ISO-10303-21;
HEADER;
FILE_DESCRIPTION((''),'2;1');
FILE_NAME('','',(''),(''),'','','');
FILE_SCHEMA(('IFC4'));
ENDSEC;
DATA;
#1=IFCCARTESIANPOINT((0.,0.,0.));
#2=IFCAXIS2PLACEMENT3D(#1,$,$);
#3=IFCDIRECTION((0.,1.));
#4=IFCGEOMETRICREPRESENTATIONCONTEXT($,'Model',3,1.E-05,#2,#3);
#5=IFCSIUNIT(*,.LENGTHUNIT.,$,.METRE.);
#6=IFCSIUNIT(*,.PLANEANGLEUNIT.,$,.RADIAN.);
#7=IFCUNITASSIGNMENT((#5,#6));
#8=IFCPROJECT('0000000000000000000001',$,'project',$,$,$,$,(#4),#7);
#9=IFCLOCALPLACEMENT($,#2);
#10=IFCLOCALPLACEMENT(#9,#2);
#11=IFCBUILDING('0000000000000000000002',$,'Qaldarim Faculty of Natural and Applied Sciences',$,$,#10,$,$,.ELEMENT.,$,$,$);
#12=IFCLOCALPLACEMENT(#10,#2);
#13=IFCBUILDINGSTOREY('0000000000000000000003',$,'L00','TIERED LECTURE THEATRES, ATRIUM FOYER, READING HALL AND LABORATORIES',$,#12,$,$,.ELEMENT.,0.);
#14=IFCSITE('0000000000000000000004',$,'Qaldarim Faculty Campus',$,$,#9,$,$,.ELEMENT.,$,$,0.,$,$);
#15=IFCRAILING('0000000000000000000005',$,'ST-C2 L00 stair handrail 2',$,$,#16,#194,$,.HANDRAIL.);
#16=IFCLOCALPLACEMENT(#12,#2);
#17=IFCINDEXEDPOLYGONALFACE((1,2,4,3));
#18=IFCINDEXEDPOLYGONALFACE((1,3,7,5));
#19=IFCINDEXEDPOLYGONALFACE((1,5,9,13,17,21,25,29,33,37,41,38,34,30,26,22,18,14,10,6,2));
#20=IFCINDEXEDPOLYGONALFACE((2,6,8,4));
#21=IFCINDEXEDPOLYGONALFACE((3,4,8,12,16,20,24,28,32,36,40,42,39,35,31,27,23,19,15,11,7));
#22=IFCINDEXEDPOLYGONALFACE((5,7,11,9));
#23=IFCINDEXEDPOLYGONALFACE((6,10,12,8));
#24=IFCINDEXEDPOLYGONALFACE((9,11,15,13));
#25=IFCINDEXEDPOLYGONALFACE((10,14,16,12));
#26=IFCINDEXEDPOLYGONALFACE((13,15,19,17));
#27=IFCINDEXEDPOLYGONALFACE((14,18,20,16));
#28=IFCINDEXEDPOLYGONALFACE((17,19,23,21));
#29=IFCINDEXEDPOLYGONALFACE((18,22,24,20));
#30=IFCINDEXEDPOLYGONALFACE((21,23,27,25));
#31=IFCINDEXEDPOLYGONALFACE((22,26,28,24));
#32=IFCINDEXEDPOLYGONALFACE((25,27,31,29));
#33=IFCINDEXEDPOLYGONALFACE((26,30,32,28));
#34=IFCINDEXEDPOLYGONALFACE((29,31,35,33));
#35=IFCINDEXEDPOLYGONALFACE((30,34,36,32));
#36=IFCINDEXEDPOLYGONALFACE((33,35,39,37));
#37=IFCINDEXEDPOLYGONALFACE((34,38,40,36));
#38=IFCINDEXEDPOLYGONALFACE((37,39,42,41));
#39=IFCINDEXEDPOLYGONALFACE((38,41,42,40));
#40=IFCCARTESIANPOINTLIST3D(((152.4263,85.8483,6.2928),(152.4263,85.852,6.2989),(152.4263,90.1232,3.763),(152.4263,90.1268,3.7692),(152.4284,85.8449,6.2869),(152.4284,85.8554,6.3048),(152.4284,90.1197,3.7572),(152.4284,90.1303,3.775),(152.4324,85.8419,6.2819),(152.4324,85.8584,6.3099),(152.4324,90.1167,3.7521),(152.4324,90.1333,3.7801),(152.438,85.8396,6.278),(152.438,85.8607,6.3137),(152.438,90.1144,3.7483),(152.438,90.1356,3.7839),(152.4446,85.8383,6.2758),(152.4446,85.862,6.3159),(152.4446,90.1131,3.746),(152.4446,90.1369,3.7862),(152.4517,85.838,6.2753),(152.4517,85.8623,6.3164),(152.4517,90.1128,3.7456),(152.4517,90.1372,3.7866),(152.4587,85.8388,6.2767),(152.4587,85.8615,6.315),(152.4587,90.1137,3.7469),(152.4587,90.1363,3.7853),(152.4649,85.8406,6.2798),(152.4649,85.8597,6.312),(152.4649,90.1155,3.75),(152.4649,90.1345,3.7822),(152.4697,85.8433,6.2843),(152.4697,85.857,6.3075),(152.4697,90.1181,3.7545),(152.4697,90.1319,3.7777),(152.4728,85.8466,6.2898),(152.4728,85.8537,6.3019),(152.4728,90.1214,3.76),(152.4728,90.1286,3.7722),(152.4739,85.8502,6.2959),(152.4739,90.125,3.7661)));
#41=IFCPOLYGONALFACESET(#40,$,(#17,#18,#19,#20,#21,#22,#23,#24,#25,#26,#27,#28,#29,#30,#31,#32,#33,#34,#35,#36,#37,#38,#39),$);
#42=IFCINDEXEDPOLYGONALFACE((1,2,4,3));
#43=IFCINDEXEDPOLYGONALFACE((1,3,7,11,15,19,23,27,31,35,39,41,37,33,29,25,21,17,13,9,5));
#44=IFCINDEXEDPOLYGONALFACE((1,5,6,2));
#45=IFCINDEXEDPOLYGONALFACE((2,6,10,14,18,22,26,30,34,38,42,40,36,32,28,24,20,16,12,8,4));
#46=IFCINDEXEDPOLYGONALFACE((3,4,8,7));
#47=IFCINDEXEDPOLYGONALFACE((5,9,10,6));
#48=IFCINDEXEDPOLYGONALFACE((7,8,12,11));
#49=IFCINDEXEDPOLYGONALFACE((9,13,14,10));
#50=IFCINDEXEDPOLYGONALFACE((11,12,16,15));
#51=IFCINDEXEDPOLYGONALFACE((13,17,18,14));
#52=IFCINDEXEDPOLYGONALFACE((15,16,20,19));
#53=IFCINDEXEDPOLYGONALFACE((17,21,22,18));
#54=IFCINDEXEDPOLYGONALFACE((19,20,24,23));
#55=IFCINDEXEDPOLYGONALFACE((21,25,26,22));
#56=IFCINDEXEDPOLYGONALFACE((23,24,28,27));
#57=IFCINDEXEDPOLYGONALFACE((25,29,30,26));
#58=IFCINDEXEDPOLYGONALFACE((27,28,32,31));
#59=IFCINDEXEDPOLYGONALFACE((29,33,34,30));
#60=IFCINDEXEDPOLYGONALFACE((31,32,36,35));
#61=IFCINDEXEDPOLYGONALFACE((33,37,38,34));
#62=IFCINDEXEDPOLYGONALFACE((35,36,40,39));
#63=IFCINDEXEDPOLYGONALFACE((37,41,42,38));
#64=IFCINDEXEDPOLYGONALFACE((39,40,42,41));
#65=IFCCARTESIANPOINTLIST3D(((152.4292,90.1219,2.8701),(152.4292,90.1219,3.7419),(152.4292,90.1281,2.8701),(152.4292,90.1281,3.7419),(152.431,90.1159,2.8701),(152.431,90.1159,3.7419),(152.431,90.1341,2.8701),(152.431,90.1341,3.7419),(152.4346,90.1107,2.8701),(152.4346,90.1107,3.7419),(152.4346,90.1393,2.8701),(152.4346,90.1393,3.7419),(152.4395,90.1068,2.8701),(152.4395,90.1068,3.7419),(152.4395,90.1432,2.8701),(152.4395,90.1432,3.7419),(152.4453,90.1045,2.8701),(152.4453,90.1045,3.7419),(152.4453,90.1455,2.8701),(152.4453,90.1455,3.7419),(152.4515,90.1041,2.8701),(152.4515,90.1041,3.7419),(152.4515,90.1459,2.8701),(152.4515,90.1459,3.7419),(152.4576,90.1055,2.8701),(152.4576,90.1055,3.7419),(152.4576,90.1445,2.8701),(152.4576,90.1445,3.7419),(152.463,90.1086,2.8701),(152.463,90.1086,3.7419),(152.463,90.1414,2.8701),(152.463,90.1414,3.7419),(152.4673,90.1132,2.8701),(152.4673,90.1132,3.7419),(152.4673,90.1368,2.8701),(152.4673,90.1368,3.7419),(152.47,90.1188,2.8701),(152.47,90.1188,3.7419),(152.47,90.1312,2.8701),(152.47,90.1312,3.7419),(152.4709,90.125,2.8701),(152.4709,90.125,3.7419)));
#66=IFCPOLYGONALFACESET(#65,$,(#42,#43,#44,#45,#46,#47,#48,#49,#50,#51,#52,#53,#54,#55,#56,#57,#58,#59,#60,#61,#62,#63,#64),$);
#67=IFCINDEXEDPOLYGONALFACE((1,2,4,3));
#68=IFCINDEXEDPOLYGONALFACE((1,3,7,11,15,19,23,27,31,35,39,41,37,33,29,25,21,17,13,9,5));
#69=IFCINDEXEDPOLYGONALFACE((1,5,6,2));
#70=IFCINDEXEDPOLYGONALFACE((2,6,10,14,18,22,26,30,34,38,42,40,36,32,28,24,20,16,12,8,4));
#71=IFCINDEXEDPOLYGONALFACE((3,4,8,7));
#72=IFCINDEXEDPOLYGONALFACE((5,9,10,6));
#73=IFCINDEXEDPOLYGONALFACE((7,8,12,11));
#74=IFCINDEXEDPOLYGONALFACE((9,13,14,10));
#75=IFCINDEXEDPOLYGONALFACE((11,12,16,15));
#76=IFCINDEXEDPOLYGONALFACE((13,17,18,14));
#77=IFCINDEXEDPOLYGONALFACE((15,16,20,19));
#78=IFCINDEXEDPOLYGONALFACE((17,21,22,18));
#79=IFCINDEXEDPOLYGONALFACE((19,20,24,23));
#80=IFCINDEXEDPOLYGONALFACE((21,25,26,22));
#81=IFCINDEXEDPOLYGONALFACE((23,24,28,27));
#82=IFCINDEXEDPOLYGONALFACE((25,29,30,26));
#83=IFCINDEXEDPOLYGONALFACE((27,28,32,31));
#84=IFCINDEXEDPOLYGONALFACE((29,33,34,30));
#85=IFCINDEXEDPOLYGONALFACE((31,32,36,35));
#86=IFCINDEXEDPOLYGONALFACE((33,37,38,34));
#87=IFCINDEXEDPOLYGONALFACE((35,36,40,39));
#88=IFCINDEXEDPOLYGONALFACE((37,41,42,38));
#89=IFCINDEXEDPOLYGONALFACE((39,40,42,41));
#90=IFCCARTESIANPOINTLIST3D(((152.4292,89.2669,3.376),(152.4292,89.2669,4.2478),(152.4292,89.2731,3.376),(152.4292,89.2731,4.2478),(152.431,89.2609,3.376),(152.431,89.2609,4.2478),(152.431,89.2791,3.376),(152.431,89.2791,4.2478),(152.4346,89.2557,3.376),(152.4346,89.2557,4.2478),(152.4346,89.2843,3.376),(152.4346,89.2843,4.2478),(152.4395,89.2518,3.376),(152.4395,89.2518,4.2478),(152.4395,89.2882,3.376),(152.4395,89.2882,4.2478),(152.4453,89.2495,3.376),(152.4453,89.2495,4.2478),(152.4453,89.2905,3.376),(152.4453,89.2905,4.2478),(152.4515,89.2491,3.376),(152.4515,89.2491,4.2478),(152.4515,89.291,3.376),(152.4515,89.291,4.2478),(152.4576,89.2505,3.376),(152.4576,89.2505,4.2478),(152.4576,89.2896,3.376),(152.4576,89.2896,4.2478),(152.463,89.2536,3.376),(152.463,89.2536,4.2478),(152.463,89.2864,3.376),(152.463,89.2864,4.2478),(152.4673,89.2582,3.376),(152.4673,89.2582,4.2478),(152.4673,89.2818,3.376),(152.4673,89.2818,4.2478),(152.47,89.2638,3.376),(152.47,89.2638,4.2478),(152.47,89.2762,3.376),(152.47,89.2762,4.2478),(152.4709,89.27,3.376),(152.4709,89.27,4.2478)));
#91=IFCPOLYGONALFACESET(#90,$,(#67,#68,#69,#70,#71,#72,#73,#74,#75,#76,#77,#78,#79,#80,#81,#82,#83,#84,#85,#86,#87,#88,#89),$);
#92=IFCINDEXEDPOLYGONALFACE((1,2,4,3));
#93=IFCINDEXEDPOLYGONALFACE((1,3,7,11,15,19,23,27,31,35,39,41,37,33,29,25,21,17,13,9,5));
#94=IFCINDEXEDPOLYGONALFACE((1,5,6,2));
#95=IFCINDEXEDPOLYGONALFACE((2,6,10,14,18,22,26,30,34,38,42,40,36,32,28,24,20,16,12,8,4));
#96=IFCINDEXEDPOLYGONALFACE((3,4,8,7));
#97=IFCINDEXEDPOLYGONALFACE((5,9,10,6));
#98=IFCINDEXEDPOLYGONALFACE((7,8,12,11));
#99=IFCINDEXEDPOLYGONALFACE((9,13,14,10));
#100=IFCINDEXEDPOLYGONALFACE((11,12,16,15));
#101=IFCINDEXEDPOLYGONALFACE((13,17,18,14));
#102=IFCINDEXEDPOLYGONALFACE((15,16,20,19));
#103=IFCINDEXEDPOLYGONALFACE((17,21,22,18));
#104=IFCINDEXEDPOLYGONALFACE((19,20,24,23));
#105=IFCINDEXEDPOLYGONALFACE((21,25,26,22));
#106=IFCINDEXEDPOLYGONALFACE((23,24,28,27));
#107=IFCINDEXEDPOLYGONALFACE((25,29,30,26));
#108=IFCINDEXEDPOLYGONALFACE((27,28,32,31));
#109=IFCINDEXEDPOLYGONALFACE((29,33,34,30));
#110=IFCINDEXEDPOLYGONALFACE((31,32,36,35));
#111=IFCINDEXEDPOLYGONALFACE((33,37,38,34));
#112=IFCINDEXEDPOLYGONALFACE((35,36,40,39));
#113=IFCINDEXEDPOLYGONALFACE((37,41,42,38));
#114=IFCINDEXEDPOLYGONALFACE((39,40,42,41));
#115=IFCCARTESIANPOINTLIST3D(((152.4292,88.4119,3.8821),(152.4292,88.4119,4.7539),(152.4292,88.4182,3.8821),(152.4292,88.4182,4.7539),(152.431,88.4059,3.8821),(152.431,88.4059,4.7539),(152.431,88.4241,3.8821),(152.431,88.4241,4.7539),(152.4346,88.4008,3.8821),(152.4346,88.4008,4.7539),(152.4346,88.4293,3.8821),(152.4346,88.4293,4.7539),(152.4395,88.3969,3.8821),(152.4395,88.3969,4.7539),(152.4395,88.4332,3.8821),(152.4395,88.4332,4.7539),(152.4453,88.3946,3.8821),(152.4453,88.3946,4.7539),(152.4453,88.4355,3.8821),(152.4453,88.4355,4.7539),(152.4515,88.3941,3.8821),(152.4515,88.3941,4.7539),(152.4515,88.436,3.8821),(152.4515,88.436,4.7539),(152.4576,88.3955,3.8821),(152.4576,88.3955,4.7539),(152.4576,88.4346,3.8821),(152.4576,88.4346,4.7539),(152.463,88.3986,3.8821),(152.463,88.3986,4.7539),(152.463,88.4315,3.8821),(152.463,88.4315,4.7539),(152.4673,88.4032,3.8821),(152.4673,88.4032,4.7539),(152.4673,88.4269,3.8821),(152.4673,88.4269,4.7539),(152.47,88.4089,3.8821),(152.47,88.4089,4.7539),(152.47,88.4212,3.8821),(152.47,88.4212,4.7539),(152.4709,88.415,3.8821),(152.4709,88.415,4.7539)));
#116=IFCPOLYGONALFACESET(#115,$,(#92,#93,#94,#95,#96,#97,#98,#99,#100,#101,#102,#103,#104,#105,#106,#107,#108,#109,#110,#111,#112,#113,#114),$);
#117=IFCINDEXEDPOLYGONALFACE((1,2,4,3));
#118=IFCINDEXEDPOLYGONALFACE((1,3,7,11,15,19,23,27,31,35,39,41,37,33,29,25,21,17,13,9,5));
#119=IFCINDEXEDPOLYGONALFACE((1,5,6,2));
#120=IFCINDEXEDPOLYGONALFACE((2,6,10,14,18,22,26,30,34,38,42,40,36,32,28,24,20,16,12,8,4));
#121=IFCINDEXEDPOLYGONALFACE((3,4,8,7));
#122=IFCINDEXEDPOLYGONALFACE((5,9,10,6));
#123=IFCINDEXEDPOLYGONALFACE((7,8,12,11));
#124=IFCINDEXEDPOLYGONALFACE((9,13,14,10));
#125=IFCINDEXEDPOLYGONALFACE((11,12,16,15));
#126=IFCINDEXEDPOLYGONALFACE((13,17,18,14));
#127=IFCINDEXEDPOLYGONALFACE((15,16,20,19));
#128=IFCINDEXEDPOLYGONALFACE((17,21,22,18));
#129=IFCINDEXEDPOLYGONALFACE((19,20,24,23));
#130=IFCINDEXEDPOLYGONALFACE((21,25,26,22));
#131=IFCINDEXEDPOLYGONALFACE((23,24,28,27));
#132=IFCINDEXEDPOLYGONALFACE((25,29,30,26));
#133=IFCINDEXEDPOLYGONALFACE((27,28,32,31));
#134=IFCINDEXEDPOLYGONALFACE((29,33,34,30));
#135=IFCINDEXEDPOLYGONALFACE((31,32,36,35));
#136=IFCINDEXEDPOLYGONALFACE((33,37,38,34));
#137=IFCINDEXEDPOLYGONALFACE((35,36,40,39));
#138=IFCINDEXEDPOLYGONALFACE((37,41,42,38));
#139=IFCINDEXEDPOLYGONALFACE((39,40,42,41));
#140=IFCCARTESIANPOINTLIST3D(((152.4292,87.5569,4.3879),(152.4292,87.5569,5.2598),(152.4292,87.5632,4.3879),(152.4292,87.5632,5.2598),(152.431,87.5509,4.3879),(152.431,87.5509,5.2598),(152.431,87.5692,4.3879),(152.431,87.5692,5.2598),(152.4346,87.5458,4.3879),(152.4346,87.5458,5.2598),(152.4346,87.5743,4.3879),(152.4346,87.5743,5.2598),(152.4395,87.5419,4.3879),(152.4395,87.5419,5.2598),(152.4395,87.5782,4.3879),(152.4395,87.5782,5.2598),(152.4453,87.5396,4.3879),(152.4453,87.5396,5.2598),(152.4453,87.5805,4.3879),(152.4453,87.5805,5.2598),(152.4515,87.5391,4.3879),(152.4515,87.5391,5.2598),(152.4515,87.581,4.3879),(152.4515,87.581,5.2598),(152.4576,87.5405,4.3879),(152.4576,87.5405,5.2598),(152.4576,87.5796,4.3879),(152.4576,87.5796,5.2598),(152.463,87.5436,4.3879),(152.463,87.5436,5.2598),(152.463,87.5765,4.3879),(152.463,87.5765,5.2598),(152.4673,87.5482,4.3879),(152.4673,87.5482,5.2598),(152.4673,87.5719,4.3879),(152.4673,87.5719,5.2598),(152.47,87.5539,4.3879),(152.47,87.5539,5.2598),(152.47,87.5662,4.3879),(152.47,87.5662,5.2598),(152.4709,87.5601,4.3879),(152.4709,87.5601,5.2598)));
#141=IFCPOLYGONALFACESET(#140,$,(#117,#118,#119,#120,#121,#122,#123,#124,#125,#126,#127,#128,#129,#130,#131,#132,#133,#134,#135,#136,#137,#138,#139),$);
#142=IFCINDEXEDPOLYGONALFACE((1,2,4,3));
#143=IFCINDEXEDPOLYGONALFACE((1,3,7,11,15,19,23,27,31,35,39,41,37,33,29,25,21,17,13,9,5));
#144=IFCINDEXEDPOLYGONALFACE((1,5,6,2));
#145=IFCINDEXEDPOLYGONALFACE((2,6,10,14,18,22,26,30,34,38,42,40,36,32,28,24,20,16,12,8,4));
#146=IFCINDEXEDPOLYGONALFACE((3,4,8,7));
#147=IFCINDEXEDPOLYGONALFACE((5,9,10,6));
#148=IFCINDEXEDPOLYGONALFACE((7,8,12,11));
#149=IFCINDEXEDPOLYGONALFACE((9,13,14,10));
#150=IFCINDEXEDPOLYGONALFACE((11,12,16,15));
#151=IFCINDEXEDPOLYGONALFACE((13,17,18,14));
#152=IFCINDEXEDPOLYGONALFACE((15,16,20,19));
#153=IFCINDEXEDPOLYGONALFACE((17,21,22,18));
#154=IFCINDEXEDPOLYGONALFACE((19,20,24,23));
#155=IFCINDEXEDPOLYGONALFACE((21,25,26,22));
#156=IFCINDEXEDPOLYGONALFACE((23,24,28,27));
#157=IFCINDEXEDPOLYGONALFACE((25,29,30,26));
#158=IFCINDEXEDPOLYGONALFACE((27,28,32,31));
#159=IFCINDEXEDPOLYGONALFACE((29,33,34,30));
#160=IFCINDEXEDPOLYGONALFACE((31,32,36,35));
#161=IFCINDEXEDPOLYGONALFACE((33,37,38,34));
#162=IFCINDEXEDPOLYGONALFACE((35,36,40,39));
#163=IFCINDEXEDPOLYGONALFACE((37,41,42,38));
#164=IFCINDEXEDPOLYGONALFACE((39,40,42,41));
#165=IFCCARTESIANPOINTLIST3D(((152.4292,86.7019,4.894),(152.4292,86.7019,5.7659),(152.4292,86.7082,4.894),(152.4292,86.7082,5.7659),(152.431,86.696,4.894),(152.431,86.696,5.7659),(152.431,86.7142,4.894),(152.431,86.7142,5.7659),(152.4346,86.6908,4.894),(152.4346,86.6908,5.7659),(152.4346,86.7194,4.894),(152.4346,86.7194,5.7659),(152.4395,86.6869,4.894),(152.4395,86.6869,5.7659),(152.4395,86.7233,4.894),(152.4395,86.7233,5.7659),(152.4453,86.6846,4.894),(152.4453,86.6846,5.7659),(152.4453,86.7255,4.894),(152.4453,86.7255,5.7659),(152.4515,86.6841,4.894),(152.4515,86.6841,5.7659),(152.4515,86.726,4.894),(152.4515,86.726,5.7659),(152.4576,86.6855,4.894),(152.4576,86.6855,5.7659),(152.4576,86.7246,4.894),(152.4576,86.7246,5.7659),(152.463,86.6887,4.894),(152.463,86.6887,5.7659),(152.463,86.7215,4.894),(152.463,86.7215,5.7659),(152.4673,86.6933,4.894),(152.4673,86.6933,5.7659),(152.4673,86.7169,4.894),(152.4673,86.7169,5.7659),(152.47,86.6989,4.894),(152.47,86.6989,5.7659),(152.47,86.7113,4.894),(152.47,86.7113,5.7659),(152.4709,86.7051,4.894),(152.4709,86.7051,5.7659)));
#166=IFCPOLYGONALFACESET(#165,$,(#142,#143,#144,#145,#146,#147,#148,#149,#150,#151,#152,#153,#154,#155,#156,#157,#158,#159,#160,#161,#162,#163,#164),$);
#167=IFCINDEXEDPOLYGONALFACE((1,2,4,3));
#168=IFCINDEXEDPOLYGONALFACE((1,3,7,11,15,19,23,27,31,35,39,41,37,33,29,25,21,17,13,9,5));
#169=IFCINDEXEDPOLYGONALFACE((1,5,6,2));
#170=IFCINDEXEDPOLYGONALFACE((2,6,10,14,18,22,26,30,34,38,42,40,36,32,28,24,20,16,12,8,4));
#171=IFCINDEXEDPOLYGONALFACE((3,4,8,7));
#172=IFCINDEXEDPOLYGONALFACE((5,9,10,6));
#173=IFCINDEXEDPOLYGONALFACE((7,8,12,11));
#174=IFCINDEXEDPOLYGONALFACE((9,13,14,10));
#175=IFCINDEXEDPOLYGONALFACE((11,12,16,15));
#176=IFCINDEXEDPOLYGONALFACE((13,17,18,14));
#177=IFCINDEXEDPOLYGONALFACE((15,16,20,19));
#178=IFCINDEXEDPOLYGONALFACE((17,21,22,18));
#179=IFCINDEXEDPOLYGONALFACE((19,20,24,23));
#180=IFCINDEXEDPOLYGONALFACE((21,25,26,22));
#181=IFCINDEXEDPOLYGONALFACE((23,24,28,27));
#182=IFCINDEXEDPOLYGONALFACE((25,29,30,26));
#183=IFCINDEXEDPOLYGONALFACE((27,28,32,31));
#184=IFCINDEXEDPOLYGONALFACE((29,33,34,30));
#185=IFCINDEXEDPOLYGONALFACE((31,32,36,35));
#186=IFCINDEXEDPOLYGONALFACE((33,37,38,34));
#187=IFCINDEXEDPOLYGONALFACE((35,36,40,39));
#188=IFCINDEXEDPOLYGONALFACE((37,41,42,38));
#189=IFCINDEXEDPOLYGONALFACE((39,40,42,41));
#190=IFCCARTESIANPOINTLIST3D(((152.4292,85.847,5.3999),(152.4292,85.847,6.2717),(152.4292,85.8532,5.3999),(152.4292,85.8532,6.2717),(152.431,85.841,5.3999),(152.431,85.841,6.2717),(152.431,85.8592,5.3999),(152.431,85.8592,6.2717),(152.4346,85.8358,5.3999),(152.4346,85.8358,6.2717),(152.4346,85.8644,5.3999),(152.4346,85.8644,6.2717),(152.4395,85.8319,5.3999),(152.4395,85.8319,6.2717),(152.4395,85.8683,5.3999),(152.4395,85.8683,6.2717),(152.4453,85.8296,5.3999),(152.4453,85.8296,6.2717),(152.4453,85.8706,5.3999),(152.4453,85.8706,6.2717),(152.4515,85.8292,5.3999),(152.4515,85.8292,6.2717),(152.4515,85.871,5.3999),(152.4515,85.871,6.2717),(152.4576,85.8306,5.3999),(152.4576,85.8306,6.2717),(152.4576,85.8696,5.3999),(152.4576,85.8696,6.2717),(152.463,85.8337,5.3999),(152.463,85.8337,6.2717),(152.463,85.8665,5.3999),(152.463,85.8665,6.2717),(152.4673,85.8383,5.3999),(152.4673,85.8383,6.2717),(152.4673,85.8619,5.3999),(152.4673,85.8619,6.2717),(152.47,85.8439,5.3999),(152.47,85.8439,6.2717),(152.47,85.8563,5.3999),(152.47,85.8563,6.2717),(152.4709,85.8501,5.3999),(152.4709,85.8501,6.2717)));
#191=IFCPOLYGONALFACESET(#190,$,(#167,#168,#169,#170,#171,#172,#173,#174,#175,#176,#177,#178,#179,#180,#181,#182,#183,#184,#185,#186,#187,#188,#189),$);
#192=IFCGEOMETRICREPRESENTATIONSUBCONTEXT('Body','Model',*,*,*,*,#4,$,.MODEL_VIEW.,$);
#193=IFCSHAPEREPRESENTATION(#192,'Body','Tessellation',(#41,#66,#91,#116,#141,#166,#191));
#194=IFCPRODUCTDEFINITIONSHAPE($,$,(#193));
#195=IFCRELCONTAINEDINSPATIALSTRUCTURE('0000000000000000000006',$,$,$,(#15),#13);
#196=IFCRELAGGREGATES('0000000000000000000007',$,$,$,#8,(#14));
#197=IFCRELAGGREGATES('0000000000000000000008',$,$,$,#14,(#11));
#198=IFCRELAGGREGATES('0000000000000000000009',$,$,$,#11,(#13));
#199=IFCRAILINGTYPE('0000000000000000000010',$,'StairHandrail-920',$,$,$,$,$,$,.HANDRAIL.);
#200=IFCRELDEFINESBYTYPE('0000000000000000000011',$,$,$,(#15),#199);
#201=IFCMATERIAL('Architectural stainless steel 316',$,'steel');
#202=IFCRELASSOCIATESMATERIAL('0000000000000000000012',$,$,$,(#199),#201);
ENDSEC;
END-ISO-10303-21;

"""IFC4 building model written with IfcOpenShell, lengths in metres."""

from ifc_helpers import new_model, si_unit, direction, frame, origin, origin_2d, place, context, subcontext, project, spatial, circle, extrude, material, type_object, element, save


model = new_model("IFC4")

# Units and contexts
model_context = context("Model", 3, precision=1e-05, world=origin(), true_north=direction((0.0, 1.0)))
body_context = subcontext(model_context, "Body", "Model", "MODEL_VIEW")
ifc_project = project(units=[si_unit("LENGTHUNIT", "METRE"), si_unit("PLANEANGLEUNIT", "RADIAN")], contexts=[model_context])

# Site, building, storey
site_placement = place(None, origin())
site = spatial("IfcSite", under=ifc_project, at=site_placement, Name="Qaldarim Faculty Campus", CompositionType="ELEMENT", RefElevation=0.0)
building_placement = place(site_placement, origin())
building = spatial("IfcBuilding", under=site, at=building_placement, Name="Qaldarim Faculty of Natural and Applied Sciences", CompositionType="ELEMENT")
storey_placement = place(building_placement, origin())
storey = spatial("IfcBuildingStorey", under=building, at=storey_placement, Name="L00", Description="TIERED LECTURE THEATRES, ATRIUM FOYER, READING HALL AND LABORATORIES", CompositionType="ELEMENT", Elevation=0.0)

# Railing
ifc_material_1 = material(Name="Architectural stainless steel 316", Category="steel")
railing_type_1 = type_object("IfcRailingType", Name="StairHandrail-920", PredefinedType="HANDRAIL", material=ifc_material_1)
railing_1_placement = place(storey_placement, frame((152.45, 90.125, 2.8701)))
element("IfcRailing", 1, at=railing_1_placement, inside=storey, type_object=railing_type_1, Name="ST-C2 L00 stair handrail 2", PredefinedType="HANDRAIL", context=body_context, shape_type="SweptSolid", body=[
    extrude(circle(Radius=0.0239, at=origin_2d()), frame((0.0, 0.0, 0.896), z_axis=(0.0, -0.8606, 0.509282), x_axis=(1.0, 0.0, 0.0)), (0.0, 0.0, 1.0), 4.9673),
    extrude(circle(Radius=0.021, at=origin_2d()), origin(), (0.0, 0.0, 1.0), 0.8718),
    extrude(circle(Radius=0.021, at=origin_2d()), frame((0.0, -0.855, 0.5059)), (0.0, 0.0, 1.0), 0.8718),
    extrude(circle(Radius=0.021, at=origin_2d()), frame((0.0, -1.71, 1.012)), (0.0, 0.0, 1.0), 0.8718),
    extrude(circle(Radius=0.021, at=origin_2d()), frame((0.0, -2.5649, 1.5178)), (0.0, 0.0, 1.0), 0.8718),
    extrude(circle(Radius=0.021, at=origin_2d()), frame((0.0, -3.4199, 2.0239)), (0.0, 0.0, 1.0), 0.8718),
    extrude(circle(Radius=0.021, at=origin_2d()), frame((0.0, -4.2749, 2.5298)), (0.0, 0.0, 1.0), 0.8718),
])

save(model, "model.ifc")
